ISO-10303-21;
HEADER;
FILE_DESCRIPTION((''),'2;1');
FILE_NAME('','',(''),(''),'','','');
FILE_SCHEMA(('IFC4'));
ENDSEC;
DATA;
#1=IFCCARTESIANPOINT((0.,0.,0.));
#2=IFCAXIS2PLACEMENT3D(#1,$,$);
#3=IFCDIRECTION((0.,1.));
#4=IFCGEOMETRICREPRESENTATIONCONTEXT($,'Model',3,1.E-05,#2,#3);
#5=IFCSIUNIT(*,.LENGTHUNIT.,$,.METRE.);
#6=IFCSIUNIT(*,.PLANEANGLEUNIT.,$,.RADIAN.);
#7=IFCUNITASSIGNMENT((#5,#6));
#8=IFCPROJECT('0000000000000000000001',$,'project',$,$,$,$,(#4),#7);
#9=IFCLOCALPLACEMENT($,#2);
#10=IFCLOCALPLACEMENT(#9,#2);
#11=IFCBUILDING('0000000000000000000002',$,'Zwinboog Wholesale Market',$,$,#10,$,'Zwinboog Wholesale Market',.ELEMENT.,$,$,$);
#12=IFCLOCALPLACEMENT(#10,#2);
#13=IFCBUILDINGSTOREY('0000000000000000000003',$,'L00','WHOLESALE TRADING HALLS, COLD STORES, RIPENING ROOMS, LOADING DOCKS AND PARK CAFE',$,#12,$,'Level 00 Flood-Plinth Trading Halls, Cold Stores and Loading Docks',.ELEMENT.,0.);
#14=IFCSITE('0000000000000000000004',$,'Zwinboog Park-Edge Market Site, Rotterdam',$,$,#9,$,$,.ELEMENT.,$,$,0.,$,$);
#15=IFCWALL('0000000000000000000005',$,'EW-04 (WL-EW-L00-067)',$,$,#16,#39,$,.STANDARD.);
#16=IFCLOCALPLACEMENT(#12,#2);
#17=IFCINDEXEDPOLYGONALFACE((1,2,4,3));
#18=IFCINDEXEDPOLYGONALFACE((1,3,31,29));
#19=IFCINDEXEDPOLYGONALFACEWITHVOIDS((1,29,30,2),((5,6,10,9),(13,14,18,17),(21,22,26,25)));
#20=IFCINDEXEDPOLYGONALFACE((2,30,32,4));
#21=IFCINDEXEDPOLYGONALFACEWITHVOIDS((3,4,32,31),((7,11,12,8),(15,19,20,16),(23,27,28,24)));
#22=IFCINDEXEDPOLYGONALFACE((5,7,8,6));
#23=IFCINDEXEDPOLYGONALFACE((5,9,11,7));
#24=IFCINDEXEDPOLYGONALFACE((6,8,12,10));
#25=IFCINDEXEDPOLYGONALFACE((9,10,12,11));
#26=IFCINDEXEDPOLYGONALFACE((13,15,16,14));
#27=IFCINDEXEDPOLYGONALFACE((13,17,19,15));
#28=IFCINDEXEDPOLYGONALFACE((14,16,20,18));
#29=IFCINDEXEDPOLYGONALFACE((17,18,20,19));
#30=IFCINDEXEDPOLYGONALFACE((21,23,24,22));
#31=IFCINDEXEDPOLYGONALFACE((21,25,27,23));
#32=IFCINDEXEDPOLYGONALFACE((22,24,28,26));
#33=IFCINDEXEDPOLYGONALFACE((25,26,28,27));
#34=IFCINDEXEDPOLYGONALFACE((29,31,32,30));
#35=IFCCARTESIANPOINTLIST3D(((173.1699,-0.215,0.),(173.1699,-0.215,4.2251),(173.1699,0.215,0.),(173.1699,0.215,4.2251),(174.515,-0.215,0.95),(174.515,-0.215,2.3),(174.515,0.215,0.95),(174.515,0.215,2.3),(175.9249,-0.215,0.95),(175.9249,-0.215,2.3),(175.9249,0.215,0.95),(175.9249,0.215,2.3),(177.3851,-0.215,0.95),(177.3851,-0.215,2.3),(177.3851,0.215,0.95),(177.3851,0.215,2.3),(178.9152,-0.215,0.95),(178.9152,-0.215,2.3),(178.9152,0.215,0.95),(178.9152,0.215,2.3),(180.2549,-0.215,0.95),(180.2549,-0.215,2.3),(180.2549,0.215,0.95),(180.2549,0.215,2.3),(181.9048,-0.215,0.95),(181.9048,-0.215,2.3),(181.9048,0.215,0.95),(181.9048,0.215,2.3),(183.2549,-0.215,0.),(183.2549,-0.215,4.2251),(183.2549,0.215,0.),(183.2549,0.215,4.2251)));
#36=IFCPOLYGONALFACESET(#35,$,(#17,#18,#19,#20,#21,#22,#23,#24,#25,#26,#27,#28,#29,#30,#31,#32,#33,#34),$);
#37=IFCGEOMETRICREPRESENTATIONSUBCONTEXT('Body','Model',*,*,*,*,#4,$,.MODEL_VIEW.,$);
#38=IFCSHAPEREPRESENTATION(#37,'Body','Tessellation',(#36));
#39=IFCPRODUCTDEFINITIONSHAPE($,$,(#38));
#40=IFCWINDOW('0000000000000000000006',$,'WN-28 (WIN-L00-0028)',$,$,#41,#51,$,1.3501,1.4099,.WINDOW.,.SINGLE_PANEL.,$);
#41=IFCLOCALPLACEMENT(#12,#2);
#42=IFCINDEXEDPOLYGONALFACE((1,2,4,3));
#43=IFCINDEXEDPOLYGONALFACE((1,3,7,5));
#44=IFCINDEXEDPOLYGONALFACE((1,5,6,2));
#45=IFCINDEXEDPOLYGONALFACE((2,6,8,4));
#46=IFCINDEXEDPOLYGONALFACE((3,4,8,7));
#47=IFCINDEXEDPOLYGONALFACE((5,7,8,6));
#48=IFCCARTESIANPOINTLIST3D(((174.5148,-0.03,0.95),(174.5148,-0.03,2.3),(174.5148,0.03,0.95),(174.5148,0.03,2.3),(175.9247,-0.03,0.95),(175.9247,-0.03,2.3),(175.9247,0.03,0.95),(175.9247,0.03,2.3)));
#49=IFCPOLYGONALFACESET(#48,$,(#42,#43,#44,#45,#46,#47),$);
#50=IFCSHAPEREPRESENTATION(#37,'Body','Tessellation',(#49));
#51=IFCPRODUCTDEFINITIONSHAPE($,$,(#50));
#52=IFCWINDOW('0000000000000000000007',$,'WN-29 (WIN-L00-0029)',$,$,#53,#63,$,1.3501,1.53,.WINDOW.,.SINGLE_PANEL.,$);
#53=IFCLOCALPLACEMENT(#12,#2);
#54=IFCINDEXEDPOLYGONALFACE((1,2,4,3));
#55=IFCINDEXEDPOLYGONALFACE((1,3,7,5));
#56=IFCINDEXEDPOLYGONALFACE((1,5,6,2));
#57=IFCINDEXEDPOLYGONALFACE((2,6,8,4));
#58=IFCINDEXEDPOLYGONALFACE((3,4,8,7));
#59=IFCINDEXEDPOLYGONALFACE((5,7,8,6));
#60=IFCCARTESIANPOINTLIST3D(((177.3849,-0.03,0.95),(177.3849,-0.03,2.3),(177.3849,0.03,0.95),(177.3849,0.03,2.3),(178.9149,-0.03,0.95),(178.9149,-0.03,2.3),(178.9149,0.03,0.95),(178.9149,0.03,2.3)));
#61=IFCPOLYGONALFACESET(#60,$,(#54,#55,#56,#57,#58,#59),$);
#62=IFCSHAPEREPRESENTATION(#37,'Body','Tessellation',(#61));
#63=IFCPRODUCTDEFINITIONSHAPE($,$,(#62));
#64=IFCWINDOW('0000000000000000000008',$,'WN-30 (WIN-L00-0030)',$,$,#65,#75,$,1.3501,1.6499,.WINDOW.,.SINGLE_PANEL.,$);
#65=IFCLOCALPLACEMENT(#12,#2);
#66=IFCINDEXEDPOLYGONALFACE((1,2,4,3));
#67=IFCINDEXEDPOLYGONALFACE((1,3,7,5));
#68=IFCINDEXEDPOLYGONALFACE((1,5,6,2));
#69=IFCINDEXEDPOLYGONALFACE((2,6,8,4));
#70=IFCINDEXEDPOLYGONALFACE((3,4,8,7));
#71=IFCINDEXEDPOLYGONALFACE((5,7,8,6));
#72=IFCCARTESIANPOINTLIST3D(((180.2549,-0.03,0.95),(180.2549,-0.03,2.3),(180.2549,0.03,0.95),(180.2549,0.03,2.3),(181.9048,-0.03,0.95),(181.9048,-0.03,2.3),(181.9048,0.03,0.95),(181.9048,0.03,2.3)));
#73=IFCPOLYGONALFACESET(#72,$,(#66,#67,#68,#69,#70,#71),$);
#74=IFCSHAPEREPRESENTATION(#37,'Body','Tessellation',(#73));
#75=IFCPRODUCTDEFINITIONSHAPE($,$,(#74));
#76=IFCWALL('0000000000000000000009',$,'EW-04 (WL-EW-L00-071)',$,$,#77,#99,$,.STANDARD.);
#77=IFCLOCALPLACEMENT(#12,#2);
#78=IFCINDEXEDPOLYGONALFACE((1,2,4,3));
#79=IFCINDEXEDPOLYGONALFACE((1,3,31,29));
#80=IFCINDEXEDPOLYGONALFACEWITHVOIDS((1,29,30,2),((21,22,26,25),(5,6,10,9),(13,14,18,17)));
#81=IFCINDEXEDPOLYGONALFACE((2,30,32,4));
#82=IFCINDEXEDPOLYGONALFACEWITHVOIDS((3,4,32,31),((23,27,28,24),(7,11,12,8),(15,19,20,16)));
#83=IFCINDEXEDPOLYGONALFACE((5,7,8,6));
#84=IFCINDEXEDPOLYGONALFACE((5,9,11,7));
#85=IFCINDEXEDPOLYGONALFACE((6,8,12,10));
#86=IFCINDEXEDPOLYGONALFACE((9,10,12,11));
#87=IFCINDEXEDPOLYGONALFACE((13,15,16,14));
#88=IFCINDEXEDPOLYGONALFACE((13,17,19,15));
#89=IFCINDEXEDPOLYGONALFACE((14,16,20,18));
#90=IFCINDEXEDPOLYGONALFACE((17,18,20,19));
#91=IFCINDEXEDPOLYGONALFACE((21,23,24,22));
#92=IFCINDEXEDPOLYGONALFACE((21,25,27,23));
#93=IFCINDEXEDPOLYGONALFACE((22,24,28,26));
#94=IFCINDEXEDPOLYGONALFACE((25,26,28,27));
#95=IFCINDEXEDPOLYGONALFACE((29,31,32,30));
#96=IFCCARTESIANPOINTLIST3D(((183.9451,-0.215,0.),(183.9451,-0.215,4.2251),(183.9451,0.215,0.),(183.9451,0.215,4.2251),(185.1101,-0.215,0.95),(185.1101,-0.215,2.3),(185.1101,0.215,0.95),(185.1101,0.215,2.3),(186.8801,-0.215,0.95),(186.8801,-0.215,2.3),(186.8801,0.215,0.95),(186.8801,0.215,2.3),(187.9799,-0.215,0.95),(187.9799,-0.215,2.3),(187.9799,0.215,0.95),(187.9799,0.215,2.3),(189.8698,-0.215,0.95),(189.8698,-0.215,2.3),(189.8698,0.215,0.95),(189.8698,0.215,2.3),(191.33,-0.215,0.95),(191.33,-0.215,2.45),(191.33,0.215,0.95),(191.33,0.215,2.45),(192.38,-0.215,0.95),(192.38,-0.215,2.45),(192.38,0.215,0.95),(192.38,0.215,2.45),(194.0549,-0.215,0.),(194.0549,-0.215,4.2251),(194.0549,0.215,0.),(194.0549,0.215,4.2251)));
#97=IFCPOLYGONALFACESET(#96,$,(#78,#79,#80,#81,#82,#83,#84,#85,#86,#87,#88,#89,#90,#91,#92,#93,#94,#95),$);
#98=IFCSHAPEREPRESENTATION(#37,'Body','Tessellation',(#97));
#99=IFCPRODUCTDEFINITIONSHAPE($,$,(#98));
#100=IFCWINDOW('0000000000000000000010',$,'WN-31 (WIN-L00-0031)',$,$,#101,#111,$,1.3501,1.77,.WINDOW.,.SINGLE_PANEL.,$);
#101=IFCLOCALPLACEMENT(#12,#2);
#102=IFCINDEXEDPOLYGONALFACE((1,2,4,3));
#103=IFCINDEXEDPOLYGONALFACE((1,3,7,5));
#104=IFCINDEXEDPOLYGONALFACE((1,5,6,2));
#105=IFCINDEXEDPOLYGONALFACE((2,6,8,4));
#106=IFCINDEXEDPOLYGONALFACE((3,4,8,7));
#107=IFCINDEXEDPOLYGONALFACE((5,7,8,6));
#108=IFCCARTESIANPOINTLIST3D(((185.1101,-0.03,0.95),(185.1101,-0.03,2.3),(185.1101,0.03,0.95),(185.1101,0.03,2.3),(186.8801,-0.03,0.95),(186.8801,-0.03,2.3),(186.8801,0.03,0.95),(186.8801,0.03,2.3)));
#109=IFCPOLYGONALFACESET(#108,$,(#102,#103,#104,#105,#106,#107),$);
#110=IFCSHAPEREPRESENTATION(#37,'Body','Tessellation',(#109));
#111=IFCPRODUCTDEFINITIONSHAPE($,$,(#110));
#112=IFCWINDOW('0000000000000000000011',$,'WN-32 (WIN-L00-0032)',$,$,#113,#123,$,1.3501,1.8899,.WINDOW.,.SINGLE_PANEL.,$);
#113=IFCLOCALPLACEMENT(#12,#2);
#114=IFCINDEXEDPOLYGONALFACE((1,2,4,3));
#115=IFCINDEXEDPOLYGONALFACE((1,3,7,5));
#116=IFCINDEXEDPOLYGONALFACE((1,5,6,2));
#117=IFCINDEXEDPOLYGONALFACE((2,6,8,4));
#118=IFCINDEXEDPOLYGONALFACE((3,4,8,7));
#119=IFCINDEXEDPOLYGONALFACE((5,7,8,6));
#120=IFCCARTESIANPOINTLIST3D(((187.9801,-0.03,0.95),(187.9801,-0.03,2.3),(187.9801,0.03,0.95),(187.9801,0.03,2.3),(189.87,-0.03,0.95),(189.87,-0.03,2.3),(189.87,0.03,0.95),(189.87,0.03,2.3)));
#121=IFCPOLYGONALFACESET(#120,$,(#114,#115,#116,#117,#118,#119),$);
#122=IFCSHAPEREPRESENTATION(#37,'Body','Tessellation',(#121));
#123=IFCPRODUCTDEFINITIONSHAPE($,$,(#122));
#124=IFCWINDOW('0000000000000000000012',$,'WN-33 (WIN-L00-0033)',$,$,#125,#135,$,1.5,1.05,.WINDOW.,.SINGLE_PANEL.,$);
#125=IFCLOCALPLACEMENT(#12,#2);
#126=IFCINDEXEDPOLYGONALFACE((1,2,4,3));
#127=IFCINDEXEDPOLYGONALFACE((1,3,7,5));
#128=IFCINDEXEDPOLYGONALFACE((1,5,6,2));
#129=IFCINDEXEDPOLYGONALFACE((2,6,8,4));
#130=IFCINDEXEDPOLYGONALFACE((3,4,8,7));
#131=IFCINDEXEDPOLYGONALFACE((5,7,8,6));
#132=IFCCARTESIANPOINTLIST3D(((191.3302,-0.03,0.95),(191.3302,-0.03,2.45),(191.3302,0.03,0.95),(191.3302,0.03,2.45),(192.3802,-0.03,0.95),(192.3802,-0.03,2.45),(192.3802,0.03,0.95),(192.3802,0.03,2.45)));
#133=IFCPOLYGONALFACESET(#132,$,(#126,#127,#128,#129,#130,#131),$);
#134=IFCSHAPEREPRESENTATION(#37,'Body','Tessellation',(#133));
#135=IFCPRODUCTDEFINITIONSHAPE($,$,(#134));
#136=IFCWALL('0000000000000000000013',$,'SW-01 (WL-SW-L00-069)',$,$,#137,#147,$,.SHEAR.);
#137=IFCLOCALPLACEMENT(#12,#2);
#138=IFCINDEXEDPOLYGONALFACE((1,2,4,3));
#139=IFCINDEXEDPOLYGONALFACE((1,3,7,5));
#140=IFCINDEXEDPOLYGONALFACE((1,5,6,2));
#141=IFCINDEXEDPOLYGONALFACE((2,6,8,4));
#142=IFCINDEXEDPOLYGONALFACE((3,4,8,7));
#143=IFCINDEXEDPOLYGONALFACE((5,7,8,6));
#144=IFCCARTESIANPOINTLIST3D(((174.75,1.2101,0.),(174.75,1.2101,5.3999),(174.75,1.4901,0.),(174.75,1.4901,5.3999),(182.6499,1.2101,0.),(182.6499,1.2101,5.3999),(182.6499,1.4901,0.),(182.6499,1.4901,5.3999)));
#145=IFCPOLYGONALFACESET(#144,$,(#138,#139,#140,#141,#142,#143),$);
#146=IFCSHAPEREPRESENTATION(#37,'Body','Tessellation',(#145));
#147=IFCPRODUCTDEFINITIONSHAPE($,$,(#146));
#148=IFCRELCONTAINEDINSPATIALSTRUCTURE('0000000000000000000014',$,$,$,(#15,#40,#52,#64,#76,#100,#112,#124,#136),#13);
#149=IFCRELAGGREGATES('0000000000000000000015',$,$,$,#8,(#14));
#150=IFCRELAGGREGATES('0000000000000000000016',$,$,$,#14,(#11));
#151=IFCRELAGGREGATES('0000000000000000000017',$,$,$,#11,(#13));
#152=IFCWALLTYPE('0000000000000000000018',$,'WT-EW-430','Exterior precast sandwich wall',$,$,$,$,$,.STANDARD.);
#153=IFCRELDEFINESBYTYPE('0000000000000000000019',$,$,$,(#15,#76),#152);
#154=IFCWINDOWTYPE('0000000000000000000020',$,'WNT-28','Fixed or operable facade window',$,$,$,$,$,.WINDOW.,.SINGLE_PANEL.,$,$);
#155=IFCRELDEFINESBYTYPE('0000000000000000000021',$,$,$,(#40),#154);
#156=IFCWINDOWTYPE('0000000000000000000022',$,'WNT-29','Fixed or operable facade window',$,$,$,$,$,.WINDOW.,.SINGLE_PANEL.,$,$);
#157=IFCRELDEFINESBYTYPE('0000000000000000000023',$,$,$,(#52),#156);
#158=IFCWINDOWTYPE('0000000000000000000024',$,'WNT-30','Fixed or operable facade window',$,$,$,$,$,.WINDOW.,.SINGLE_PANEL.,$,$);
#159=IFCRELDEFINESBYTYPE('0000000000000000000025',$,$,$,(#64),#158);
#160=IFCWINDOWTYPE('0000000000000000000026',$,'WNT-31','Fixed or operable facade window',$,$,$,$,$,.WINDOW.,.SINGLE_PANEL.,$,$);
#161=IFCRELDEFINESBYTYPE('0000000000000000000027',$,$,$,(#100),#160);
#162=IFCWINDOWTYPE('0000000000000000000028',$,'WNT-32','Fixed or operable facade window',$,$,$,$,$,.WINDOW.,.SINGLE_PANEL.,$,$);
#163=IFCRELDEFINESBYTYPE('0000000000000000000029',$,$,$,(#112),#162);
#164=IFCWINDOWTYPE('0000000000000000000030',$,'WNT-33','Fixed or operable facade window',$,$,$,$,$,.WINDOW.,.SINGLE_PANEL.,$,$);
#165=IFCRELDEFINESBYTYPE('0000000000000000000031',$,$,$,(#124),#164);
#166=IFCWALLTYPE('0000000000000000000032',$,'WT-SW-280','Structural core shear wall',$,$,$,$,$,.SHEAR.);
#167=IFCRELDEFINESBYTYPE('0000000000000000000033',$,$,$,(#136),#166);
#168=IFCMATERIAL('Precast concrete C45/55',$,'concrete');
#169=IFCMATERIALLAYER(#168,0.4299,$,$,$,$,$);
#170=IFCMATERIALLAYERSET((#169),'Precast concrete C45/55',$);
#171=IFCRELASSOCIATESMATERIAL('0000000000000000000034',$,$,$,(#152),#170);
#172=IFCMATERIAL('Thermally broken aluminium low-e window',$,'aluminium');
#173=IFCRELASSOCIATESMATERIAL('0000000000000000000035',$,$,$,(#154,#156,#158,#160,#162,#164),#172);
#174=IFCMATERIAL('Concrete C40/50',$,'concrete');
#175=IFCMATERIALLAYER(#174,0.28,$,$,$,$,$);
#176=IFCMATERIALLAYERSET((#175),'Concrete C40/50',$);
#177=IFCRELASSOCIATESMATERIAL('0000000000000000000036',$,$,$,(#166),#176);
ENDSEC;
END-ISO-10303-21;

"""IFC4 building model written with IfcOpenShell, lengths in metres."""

from ifc_helpers import new_model, si_unit, direction, frame, frame_2d, origin, place, context, subcontext, project, spatial, rectangle, extrude, material, layer, layer_set, type_object, element, fill, save


model = new_model("IFC4")

# Units and contexts
model_context = context("Model", 3, precision=1e-05, world=origin(), true_north=direction((0.0, 1.0)))
body_context = subcontext(model_context, "Body", "Model", "MODEL_VIEW")
ifc_project = project(units=[si_unit("LENGTHUNIT", "METRE"), si_unit("PLANEANGLEUNIT", "RADIAN")], contexts=[model_context])

# Site, building, storey
site_placement = place(None, origin())
site = spatial("IfcSite", under=ifc_project, at=site_placement, Name="Zwinboog Park-Edge Market Site, Rotterdam", CompositionType="ELEMENT", RefElevation=0.0)
building_placement = place(site_placement, origin())
building = spatial("IfcBuilding", under=site, at=building_placement, Name="Zwinboog Wholesale Market", LongName="Zwinboog Wholesale Market", CompositionType="ELEMENT")
storey_placement = place(building_placement, origin())
storey = spatial("IfcBuildingStorey", under=building, at=storey_placement, Name="L00", Description="WHOLESALE TRADING HALLS, COLD STORES, RIPENING ROOMS, LOADING DOCKS AND PARK CAFE", LongName="Level 00 Flood-Plinth Trading Halls, Cold Stores and Loading Docks", CompositionType="ELEMENT", Elevation=0.0)

# Shared definitions
ifc_material_1 = material(Name="Concrete C40/50", Category="concrete")

# Shared definitions
ifc_material_2 = material(Name="Precast concrete C45/55", Category="concrete")

# Walls, openings, windows
ifc_layer_1 = layer(ifc_material_2, 0.4299)
ifc_layer_set_1 = layer_set([ifc_layer_1], Name="Precast concrete C45/55")
wall_type_1 = type_object("IfcWallType", Name="WT-EW-430", Description="Exterior precast sandwich wall", PredefinedType="STANDARD", material=ifc_layer_set_1)
wall_1_placement = place(storey_placement, frame((173.1699, 0.0, 0.0), z_axis=(0.0, 0.0, 1.0), x_axis=(1.0, 0.0, 0.0)))
wall_1 = element("IfcWall", 1, at=wall_1_placement, inside=storey, type_object=wall_type_1, Name="EW-04 (WL-EW-L00-067)", PredefinedType="STANDARD", context=body_context, shape_type="SweptSolid", body=[
    extrude(rectangle(XDim=10.085, YDim=0.4299, at=frame_2d((5.0425, 0.0))), origin(), (0.0, 0.0, 1.0), 4.2251),
])
opening_1_placement = place(wall_1_placement, frame((1.345, 0.0, 0.95)))
opening_1 = element("IfcOpeningElement", 2, at=opening_1_placement, cuts=wall_1, PredefinedType="OPENING", context=body_context, shape_type="SweptSolid", body=[
    extrude(rectangle(XDim=1.4099, YDim=1.3501, at=frame_2d((0.7051, 0.675))), frame((0.0, 0.2249, 0.0), z_axis=(0.0, -1.0, 0.0), x_axis=(1.0, 0.0, 0.0)), (0.0, 0.0, 1.0), 0.45),
])
opening_2_placement = place(wall_1_placement, frame((4.2151, 0.0, 0.95)))
opening_2 = element("IfcOpeningElement", 3, at=opening_2_placement, cuts=wall_1, PredefinedType="OPENING", context=body_context, shape_type="SweptSolid", body=[
    extrude(rectangle(XDim=1.53, YDim=1.3501, at=frame_2d((0.7651, 0.675))), frame((0.0, 0.2249, 0.0), z_axis=(0.0, -1.0, 0.0), x_axis=(1.0, 0.0, 0.0)), (0.0, 0.0, 1.0), 0.45),
])
opening_3_placement = place(wall_1_placement, frame((7.085, 0.0, 0.95)))
opening_3 = element("IfcOpeningElement", 4, at=opening_3_placement, cuts=wall_1, PredefinedType="OPENING", context=body_context, shape_type="SweptSolid", body=[
    extrude(rectangle(XDim=1.6499, YDim=1.3501, at=frame_2d((0.825, 0.675))), frame((0.0, 0.2249, 0.0), z_axis=(0.0, -1.0, 0.0), x_axis=(1.0, 0.0, 0.0)), (0.0, 0.0, 1.0), 0.45),
])
ifc_material_3 = material(Name="Thermally broken aluminium low-e window", Category="aluminium")
window_type_1 = type_object("IfcWindowType", Name="WNT-28", Description="Fixed or operable facade window", PartitioningType="SINGLE_PANEL", PredefinedType="WINDOW", material=ifc_material_3)
window_1_placement = place(opening_1_placement, frame((1.4099, 0.0, 0.0), z_axis=(0.0, 0.0, 1.0), x_axis=(-1.0, 0.0, 0.0)))
window_1 = element("IfcWindow", 5, at=window_1_placement, inside=storey, type_object=window_type_1, Name="WN-28 (WIN-L00-0028)", OverallHeight=1.3501, OverallWidth=1.4099, PartitioningType="SINGLE_PANEL", PredefinedType="WINDOW", context=body_context, shape_type="SweptSolid", body=[
    extrude(rectangle(XDim=1.4099, YDim=1.3501, at=frame_2d((0.7051, 0.675))), frame((0.0, 0.03, 0.0), z_axis=(0.0, -1.0, 0.0), x_axis=(1.0, 0.0, 0.0)), (0.0, 0.0, 1.0), 0.0601),
])
fill(opening_1, window_1)
window_type_2 = type_object("IfcWindowType", Name="WNT-29", Description="Fixed or operable facade window", PartitioningType="SINGLE_PANEL", PredefinedType="WINDOW", material=ifc_material_3)
window_2_placement = place(opening_2_placement, frame((1.53, 0.0, 0.0), z_axis=(0.0, 0.0, 1.0), x_axis=(-1.0, 0.0, 0.0)))
window_2 = element("IfcWindow", 6, at=window_2_placement, inside=storey, type_object=window_type_2, Name="WN-29 (WIN-L00-0029)", OverallHeight=1.3501, OverallWidth=1.53, PartitioningType="SINGLE_PANEL", PredefinedType="WINDOW", context=body_context, shape_type="SweptSolid", body=[
    extrude(rectangle(XDim=1.53, YDim=1.3501, at=frame_2d((0.7651, 0.675))), frame((0.0, 0.03, 0.0), z_axis=(0.0, -1.0, 0.0), x_axis=(1.0, 0.0, 0.0)), (0.0, 0.0, 1.0), 0.0601),
])
fill(opening_2, window_2)
window_type_3 = type_object("IfcWindowType", Name="WNT-30", Description="Fixed or operable facade window", PartitioningType="SINGLE_PANEL", PredefinedType="WINDOW", material=ifc_material_3)
window_3_placement = place(opening_3_placement, frame((1.6499, 0.0, 0.0), z_axis=(0.0, 0.0, 1.0), x_axis=(-1.0, 0.0, 0.0)))
window_3 = element("IfcWindow", 7, at=window_3_placement, inside=storey, type_object=window_type_3, Name="WN-30 (WIN-L00-0030)", OverallHeight=1.3501, OverallWidth=1.6499, PartitioningType="SINGLE_PANEL", PredefinedType="WINDOW", context=body_context, shape_type="SweptSolid", body=[
    extrude(rectangle(XDim=1.6499, YDim=1.3501, at=frame_2d((0.825, 0.675))), frame((0.0, 0.03, 0.0), z_axis=(0.0, -1.0, 0.0), x_axis=(1.0, 0.0, 0.0)), (0.0, 0.0, 1.0), 0.0601),
])
fill(opening_3, window_3)
wall_2_placement = place(storey_placement, frame((183.9451, 0.0, 0.0), z_axis=(0.0, 0.0, 1.0), x_axis=(1.0, 0.0, 0.0)))
wall_2 = element("IfcWall", 8, at=wall_2_placement, inside=storey, type_object=wall_type_1, Name="EW-04 (WL-EW-L00-071)", PredefinedType="STANDARD", context=body_context, shape_type="SweptSolid", body=[
    extrude(rectangle(XDim=10.1099, YDim=0.4299, at=frame_2d((5.0549, 0.0))), origin(), (0.0, 0.0, 1.0), 4.2251),
])
opening_4_placement = place(wall_2_placement, frame((1.165, 0.0, 0.95)))
opening_4 = element("IfcOpeningElement", 9, at=opening_4_placement, cuts=wall_2, PredefinedType="OPENING", context=body_context, shape_type="SweptSolid", body=[
    extrude(rectangle(XDim=1.77, YDim=1.3501, at=frame_2d((0.885, 0.675))), frame((0.0, 0.2249, 0.0), z_axis=(0.0, -1.0, 0.0), x_axis=(1.0, 0.0, 0.0)), (0.0, 0.0, 1.0), 0.45),
])
opening_5_placement = place(wall_2_placement, frame((4.0349, 0.0, 0.95)))
opening_5 = element("IfcOpeningElement", 10, at=opening_5_placement, cuts=wall_2, PredefinedType="OPENING", context=body_context, shape_type="SweptSolid", body=[
    extrude(rectangle(XDim=1.8899, YDim=1.3501, at=frame_2d((0.9448, 0.675))), frame((0.0, 0.2249, 0.0), z_axis=(0.0, -1.0, 0.0), x_axis=(1.0, 0.0, 0.0)), (0.0, 0.0, 1.0), 0.45),
])
opening_6_placement = place(wall_2_placement, frame((7.385, 0.0, 0.95)))
opening_6 = element("IfcOpeningElement", 11, at=opening_6_placement, cuts=wall_2, PredefinedType="OPENING", context=body_context, shape_type="SweptSolid", body=[
    extrude(rectangle(XDim=1.05, YDim=1.5, at=frame_2d((0.5249, 0.75))), frame((0.0, 0.2249, 0.0), z_axis=(0.0, -1.0, 0.0), x_axis=(1.0, 0.0, 0.0)), (0.0, 0.0, 1.0), 0.45),
])
window_type_4 = type_object("IfcWindowType", Name="WNT-31", Description="Fixed or operable facade window", PartitioningType="SINGLE_PANEL", PredefinedType="WINDOW", material=ifc_material_3)
window_4_placement = place(opening_4_placement, frame((1.77, 0.0, 0.0), z_axis=(0.0, 0.0, 1.0), x_axis=(-1.0, 0.0, 0.0)))
window_4 = element("IfcWindow", 12, at=window_4_placement, inside=storey, type_object=window_type_4, Name="WN-31 (WIN-L00-0031)", OverallHeight=1.3501, OverallWidth=1.77, PartitioningType="SINGLE_PANEL", PredefinedType="WINDOW", context=body_context, shape_type="SweptSolid", body=[
    extrude(rectangle(XDim=1.77, YDim=1.3501, at=frame_2d((0.885, 0.675))), frame((0.0, 0.03, 0.0), z_axis=(0.0, -1.0, 0.0), x_axis=(1.0, 0.0, 0.0)), (0.0, 0.0, 1.0), 0.0601),
])
fill(opening_4, window_4)
window_type_5 = type_object("IfcWindowType", Name="WNT-32", Description="Fixed or operable facade window", PartitioningType="SINGLE_PANEL", PredefinedType="WINDOW", material=ifc_material_3)
window_5_placement = place(opening_5_placement, frame((1.8899, 0.0, 0.0), z_axis=(0.0, 0.0, 1.0), x_axis=(-1.0, 0.0, 0.0)))
window_5 = element("IfcWindow", 13, at=window_5_placement, inside=storey, type_object=window_type_5, Name="WN-32 (WIN-L00-0032)", OverallHeight=1.3501, OverallWidth=1.8899, PartitioningType="SINGLE_PANEL", PredefinedType="WINDOW", context=body_context, shape_type="SweptSolid", body=[
    extrude(rectangle(XDim=1.8899, YDim=1.3501, at=frame_2d((0.9448, 0.675))), frame((0.0, 0.03, 0.0), z_axis=(0.0, -1.0, 0.0), x_axis=(1.0, 0.0, 0.0)), (0.0, 0.0, 1.0), 0.0601),
])
fill(opening_5, window_5)
window_type_6 = type_object("IfcWindowType", Name="WNT-33", Description="Fixed or operable facade window", PartitioningType="SINGLE_PANEL", PredefinedType="WINDOW", material=ifc_material_3)
window_6_placement = place(opening_6_placement, frame((1.05, 0.0, 0.0), z_axis=(0.0, 0.0, 1.0), x_axis=(-1.0, 0.0, 0.0)))
window_6 = element("IfcWindow", 14, at=window_6_placement, inside=storey, type_object=window_type_6, Name="WN-33 (WIN-L00-0033)", OverallHeight=1.5, OverallWidth=1.05, PartitioningType="SINGLE_PANEL", PredefinedType="WINDOW", context=body_context, shape_type="SweptSolid", body=[
    extrude(rectangle(XDim=1.05, YDim=1.5, at=frame_2d((0.5249, 0.75))), frame((0.0, 0.03, 0.0), z_axis=(0.0, -1.0, 0.0), x_axis=(1.0, 0.0, 0.0)), (0.0, 0.0, 1.0), 0.0601),
])
fill(opening_6, window_6)

# Wall
ifc_layer_2 = layer(ifc_material_1, 0.28)
ifc_layer_set_2 = layer_set([ifc_layer_2], Name="Concrete C40/50")
wall_type_2 = type_object("IfcWallType", Name="WT-SW-280", Description="Structural core shear wall", PredefinedType="SHEAR", material=ifc_layer_set_2)
wall_3_placement = place(storey_placement, frame((174.75, 1.3501, 0.0), z_axis=(0.0, 0.0, 1.0), x_axis=(1.0, 0.0, 0.0)))
element("IfcWall", 15, at=wall_3_placement, inside=storey, type_object=wall_type_2, Name="SW-01 (WL-SW-L00-069)", PredefinedType="SHEAR", context=body_context, shape_type="SweptSolid", body=[
    extrude(rectangle(XDim=7.8999, YDim=0.28, at=frame_2d((3.95, 0.0))), origin(), (0.0, 0.0, 1.0), 5.3999),
])

save(model, "model.ifc")
